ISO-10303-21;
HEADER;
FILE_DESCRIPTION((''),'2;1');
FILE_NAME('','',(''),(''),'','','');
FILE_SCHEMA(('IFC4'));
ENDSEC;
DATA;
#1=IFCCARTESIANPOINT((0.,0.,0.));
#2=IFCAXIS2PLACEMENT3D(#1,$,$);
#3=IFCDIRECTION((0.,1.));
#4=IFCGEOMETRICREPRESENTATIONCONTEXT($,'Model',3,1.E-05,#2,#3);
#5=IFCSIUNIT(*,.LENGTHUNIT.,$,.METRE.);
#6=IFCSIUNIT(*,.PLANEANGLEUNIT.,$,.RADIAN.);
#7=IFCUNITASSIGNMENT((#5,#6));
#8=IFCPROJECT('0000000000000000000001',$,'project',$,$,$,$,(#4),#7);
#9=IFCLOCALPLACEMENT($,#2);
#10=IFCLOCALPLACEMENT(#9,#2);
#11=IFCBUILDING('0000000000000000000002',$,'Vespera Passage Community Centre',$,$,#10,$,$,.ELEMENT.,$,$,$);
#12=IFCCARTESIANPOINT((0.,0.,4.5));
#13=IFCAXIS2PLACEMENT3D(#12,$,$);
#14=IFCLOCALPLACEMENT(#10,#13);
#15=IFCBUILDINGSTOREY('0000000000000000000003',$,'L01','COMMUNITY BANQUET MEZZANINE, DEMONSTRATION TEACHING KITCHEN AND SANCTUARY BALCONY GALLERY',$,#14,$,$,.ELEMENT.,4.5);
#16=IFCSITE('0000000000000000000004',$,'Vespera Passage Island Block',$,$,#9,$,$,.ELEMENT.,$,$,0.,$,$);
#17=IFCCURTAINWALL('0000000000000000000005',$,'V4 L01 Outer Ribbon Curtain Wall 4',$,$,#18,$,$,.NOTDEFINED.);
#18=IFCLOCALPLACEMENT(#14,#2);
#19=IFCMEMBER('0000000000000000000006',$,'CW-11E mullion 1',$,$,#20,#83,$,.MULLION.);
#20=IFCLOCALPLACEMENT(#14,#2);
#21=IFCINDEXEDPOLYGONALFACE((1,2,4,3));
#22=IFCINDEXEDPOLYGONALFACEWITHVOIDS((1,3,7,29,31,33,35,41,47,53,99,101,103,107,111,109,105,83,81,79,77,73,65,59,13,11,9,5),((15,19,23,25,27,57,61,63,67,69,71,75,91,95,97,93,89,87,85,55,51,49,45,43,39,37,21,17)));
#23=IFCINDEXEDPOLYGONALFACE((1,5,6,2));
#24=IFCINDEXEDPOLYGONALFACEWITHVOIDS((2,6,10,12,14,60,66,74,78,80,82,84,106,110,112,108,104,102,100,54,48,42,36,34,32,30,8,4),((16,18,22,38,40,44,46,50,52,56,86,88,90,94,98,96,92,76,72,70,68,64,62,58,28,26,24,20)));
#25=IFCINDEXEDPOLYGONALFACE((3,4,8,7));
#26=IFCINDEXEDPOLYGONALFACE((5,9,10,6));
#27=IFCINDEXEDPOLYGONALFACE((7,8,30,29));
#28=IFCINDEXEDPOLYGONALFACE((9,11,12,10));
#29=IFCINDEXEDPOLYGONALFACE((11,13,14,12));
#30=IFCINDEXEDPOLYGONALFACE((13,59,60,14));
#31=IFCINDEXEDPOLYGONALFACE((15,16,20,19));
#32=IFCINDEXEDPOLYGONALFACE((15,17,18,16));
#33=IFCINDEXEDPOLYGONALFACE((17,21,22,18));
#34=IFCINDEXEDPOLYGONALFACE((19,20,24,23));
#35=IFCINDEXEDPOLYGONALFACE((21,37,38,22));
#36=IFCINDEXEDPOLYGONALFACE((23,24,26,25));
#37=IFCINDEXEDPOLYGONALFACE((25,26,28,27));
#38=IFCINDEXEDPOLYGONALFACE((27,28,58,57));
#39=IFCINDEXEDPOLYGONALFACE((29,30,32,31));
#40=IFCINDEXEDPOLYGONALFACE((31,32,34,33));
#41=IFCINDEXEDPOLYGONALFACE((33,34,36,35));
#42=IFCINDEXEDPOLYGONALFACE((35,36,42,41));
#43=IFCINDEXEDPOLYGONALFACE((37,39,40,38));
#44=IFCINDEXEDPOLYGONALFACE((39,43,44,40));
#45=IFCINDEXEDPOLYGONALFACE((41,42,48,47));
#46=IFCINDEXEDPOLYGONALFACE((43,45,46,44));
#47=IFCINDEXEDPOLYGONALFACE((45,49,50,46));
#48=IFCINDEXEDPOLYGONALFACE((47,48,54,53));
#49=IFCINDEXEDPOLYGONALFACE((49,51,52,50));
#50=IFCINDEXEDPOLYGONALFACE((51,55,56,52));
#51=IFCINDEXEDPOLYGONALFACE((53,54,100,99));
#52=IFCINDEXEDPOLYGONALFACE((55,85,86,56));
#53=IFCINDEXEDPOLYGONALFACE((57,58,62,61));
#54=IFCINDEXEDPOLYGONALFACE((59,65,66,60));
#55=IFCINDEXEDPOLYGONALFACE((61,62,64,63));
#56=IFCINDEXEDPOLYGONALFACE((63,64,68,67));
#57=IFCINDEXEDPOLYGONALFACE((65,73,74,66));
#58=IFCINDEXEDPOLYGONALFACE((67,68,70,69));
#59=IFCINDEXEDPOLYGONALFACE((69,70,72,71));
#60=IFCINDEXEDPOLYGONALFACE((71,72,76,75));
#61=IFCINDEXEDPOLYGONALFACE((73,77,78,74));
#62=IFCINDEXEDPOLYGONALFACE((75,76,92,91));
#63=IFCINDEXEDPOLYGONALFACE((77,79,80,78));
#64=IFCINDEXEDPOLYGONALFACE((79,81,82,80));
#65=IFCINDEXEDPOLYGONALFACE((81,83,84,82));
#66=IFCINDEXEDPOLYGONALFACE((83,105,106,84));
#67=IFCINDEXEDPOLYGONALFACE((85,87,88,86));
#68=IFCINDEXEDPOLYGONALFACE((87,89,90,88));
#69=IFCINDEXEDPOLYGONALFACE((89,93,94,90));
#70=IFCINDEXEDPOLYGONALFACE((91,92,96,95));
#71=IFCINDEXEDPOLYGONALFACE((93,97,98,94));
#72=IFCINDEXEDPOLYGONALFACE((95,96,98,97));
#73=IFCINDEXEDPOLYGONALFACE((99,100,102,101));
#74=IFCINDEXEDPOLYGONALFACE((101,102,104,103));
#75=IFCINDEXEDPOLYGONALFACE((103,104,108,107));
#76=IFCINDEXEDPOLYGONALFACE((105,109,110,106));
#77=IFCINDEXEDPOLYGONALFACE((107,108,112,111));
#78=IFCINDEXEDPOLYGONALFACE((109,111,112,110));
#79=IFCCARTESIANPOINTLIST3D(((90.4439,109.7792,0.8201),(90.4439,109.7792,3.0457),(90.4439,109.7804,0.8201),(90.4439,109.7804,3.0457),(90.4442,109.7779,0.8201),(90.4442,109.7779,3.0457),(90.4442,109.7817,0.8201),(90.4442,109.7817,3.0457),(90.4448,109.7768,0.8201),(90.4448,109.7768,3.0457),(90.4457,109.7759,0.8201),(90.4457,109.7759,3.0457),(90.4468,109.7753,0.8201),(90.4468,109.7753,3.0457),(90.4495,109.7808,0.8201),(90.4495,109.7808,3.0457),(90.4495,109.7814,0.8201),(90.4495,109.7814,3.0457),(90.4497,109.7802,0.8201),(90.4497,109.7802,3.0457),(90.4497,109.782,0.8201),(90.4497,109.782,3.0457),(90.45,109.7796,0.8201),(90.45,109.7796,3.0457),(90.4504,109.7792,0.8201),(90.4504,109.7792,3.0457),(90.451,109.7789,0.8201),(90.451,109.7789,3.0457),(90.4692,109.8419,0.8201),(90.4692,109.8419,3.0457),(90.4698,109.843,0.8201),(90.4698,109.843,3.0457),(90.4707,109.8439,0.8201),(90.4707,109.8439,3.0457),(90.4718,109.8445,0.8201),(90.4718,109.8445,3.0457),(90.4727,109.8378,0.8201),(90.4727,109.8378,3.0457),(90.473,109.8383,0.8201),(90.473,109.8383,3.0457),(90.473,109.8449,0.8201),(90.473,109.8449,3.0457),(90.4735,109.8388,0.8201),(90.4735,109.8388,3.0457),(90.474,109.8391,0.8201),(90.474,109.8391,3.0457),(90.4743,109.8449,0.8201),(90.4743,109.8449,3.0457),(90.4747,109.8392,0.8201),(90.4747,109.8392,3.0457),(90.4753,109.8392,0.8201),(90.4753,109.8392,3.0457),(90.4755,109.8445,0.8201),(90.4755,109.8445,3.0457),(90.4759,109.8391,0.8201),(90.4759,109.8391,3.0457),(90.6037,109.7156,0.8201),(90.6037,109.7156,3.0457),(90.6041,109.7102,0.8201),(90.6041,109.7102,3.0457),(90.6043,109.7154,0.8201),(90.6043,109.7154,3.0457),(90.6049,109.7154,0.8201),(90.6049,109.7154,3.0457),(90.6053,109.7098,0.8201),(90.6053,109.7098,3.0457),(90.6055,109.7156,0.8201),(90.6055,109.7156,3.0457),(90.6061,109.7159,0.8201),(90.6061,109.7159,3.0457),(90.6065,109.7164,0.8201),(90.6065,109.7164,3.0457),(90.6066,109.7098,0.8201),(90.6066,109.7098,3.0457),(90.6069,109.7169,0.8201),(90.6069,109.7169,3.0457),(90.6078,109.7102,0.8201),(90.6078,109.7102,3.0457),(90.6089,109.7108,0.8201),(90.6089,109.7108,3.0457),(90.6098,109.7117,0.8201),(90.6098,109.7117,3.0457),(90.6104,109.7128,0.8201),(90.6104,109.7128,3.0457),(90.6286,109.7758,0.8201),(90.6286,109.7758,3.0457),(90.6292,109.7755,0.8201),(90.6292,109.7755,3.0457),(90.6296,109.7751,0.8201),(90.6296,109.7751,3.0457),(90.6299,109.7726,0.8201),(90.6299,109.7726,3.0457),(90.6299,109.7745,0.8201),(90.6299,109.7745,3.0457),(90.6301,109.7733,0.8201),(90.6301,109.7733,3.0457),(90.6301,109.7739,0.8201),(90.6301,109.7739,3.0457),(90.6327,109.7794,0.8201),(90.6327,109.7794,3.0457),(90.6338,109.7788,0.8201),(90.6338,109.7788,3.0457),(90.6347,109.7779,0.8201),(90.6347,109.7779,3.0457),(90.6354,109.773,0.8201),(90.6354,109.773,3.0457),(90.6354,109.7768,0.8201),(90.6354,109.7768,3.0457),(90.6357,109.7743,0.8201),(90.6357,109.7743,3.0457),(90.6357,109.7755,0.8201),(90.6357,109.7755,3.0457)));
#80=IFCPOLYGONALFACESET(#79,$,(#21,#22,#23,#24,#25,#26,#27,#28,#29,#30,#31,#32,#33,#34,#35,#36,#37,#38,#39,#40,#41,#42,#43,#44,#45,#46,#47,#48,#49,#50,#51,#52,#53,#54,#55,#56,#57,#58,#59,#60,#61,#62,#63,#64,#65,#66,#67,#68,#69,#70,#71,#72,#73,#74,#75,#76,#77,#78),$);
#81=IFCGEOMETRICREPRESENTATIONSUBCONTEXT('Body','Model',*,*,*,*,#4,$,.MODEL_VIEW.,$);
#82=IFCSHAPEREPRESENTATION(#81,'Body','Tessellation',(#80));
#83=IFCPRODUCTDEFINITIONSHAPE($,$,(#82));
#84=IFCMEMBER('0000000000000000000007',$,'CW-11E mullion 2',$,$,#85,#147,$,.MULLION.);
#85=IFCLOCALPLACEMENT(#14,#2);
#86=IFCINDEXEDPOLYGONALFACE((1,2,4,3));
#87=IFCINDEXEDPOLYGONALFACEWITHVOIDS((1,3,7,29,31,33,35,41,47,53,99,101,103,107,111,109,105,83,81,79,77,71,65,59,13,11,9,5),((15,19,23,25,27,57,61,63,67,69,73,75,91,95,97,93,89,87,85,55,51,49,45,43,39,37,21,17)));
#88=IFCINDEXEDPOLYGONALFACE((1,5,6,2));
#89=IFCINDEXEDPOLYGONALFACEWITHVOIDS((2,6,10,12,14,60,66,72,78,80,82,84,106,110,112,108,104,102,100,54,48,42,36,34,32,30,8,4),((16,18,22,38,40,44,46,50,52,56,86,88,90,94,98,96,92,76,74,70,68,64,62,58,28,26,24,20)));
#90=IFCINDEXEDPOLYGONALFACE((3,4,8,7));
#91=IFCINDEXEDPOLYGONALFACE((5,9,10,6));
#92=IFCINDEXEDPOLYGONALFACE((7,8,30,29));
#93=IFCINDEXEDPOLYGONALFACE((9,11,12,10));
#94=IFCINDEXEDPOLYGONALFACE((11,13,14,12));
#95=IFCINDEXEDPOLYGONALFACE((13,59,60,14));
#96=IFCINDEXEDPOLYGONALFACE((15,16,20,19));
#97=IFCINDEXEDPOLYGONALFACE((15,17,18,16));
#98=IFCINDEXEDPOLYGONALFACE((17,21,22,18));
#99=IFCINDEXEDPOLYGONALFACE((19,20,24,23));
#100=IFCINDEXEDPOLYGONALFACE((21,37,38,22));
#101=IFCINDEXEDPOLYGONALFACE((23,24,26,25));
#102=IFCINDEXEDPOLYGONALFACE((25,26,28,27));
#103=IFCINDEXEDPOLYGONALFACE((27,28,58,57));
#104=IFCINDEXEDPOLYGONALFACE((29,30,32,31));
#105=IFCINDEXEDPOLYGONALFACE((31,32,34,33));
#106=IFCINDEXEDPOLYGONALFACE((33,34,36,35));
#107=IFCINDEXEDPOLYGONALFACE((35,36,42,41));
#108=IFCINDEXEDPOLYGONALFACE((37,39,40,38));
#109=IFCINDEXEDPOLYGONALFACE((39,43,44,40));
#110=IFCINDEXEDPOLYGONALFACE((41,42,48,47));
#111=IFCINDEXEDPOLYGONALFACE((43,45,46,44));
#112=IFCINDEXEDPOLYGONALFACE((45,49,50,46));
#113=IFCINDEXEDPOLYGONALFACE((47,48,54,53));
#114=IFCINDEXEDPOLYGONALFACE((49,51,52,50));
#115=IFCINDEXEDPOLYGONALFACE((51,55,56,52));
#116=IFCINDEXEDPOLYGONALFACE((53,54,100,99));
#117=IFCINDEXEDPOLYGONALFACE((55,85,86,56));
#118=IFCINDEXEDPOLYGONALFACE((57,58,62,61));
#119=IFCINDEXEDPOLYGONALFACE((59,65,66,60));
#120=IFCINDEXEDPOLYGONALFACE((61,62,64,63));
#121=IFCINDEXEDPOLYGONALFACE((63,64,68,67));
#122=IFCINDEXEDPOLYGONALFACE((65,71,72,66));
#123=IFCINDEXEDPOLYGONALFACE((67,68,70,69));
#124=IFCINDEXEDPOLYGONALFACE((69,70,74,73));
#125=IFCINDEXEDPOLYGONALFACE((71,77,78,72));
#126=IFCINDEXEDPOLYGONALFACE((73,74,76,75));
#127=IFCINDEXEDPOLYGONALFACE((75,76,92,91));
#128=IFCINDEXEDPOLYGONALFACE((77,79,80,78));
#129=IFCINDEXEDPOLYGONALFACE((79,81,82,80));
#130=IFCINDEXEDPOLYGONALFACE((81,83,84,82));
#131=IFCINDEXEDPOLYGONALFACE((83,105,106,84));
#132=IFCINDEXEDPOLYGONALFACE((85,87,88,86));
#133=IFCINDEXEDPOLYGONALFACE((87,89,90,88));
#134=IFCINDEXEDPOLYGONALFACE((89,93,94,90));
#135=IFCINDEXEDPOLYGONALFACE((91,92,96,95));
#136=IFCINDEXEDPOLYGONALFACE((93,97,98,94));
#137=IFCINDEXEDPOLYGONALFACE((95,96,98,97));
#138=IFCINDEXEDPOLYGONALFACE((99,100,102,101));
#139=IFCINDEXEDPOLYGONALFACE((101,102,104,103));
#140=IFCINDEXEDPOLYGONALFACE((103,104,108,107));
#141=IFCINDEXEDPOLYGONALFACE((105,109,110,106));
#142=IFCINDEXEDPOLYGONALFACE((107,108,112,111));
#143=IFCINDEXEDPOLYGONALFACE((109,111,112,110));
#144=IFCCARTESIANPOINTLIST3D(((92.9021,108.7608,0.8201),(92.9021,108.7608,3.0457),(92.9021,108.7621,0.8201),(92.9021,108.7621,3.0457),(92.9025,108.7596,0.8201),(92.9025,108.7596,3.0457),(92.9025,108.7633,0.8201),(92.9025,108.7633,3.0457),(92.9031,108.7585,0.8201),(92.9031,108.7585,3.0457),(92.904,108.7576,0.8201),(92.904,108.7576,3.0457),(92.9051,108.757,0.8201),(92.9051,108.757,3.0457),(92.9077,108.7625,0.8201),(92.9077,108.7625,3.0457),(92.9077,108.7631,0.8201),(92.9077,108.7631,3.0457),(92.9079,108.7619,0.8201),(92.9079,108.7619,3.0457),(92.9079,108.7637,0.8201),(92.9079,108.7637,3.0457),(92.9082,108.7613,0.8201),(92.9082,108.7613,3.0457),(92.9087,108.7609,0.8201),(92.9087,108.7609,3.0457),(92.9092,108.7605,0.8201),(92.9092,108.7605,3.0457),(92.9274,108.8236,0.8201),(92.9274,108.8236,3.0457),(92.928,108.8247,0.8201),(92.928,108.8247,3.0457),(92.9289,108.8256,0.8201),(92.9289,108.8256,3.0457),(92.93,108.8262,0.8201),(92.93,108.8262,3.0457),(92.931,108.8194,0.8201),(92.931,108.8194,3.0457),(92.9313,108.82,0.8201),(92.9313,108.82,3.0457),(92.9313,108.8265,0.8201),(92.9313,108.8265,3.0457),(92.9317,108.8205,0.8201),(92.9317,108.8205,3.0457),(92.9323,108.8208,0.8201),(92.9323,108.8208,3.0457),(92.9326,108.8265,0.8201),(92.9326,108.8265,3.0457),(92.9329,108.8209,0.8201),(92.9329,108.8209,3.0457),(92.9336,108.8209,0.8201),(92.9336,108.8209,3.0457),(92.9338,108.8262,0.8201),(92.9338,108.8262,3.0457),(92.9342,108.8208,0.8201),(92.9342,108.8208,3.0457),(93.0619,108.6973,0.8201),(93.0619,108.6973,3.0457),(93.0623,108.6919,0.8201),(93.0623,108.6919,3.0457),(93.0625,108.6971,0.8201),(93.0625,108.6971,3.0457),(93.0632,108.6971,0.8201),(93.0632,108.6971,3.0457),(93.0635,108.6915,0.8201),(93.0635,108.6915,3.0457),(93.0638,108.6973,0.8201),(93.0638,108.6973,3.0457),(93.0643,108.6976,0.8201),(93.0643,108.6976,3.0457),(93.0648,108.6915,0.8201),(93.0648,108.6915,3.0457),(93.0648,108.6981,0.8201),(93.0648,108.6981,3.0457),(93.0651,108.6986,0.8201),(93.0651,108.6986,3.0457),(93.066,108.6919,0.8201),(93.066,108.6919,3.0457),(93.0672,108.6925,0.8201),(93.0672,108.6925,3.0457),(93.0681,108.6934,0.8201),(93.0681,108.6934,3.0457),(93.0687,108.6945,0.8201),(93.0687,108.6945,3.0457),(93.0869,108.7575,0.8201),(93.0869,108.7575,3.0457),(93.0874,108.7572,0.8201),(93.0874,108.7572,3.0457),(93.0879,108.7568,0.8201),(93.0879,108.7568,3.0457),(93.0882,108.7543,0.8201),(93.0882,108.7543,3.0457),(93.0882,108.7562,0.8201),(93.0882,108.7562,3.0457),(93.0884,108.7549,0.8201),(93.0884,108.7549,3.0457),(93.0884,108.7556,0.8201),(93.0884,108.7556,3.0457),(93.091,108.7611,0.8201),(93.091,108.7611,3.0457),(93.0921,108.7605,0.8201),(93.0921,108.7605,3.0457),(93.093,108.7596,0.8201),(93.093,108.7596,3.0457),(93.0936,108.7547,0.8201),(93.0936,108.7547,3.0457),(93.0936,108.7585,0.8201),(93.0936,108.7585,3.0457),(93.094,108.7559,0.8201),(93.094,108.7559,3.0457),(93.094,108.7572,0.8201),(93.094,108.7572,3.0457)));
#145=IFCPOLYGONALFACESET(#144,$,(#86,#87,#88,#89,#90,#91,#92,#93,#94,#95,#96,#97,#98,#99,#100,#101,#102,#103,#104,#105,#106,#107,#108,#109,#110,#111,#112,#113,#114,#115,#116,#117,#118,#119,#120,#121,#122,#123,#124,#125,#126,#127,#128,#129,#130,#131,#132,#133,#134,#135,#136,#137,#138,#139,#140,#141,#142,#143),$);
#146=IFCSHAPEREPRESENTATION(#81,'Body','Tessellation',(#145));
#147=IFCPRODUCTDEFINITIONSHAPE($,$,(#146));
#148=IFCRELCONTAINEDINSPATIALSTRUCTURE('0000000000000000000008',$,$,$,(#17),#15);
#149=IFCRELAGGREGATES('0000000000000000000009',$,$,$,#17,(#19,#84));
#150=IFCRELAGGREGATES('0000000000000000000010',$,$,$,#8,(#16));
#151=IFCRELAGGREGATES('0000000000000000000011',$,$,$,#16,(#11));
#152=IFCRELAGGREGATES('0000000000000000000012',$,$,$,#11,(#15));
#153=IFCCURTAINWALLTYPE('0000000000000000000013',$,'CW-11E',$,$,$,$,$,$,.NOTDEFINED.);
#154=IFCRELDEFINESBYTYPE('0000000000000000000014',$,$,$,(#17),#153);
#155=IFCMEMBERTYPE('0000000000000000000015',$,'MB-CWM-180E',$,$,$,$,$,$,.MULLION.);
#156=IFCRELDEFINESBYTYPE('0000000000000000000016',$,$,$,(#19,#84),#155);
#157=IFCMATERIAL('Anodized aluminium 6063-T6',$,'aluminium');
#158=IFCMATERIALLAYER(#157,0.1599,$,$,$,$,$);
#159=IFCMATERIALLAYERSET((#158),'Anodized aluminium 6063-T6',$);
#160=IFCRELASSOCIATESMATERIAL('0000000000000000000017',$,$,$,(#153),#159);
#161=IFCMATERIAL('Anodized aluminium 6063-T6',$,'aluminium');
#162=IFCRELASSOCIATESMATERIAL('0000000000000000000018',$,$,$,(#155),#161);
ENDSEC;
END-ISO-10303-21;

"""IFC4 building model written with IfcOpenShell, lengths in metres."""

from ifc_helpers import new_model, si_unit, direction, frame, origin, origin_2d, place, context, subcontext, project, spatial, hollow_rectangle, extrude, material, layer, layer_set, material_profile, profile_set, type_object, element, aggregate, save


model = new_model("IFC4")

# Units and contexts
model_context = context("Model", 3, precision=1e-05, world=origin(), true_north=direction((0.0, 1.0)))
body_context = subcontext(model_context, "Body", "Model", "MODEL_VIEW")
ifc_project = project(units=[si_unit("LENGTHUNIT", "METRE"), si_unit("PLANEANGLEUNIT", "RADIAN")], contexts=[model_context])

# Site, building, storey
site_placement = place(None, origin())
site = spatial("IfcSite", under=ifc_project, at=site_placement, Name="Vespera Passage Island Block", CompositionType="ELEMENT", RefElevation=0.0)
building_placement = place(site_placement, origin())
building = spatial("IfcBuilding", under=site, at=building_placement, Name="Vespera Passage Community Centre", CompositionType="ELEMENT")
storey_placement = place(building_placement, frame((0.0, 0.0, 4.5)))
storey = spatial("IfcBuildingStorey", under=building, at=storey_placement, Name="L01", Description="COMMUNITY BANQUET MEZZANINE, DEMONSTRATION TEACHING KITCHEN AND SANCTUARY BALCONY GALLERY", CompositionType="ELEMENT", Elevation=4.5)

# Curtain wall, members
ifc_material_1 = material(Name="Anodized aluminium 6063-T6", Category="aluminium")
ifc_layer_1 = layer(ifc_material_1, 0.1599)
ifc_layer_set_1 = layer_set([ifc_layer_1], Name="Anodized aluminium 6063-T6")
curtain_wall_type_1 = type_object("IfcCurtainWallType", Name="CW-11E", PredefinedType="NOTDEFINED", material=ifc_layer_set_1)
curtain_wall_1_placement = place(storey_placement, origin())
curtain_wall_1 = element("IfcCurtainWall", 1, at=curtain_wall_1_placement, inside=storey, type_object=curtain_wall_type_1, Name="V4 L01 Outer Ribbon Curtain Wall 4", PredefinedType="NOTDEFINED")
ifc_material_2 = material(Name="Anodized aluminium 6063-T6", Category="aluminium")
ifc_material_profile_1 = material_profile(ifc_material_2, hollow_rectangle(XDim=0.075, YDim=0.1799, WallThickness=0.0049, InnerFilletRadius=0.0024, OuterFilletRadius=0.0049, at=origin_2d()), Name="ALU180X75X5")
ifc_profile_set_1 = profile_set([ifc_material_profile_1], Name="Anodized aluminium 6063-T6")
member_type_1 = type_object("IfcMemberType", Name="MB-CWM-180E", PredefinedType="MULLION", material=ifc_profile_set_1)
member_1_placement = place(storey_placement, frame((90.5398, 109.7773, 0.8201), z_axis=(0.0, 0.0, 1.0), x_axis=(0.382683, 0.92388, 0.0)))
member_1 = element("IfcMember", 2, at=member_1_placement, type_object=member_type_1, Name="CW-11E mullion 1", PredefinedType="MULLION", context=body_context, shape_type="SweptSolid", body=[
    extrude(hollow_rectangle(XDim=0.075, YDim=0.1799, WallThickness=0.0049, InnerFilletRadius=0.0024, OuterFilletRadius=0.0049, at=origin_2d()), origin(), (0.0, 0.0, 1.0), 2.2256),
])
member_2_placement = place(storey_placement, frame((92.998, 108.759, 0.8201), z_axis=(0.0, 0.0, 1.0), x_axis=(0.382683, 0.92388, 0.0)))
member_2 = element("IfcMember", 3, at=member_2_placement, type_object=member_type_1, Name="CW-11E mullion 2", PredefinedType="MULLION", context=body_context, shape_type="SweptSolid", body=[
    extrude(hollow_rectangle(XDim=0.075, YDim=0.1799, WallThickness=0.0049, InnerFilletRadius=0.0024, OuterFilletRadius=0.0049, at=origin_2d()), origin(), (0.0, 0.0, 1.0), 2.2256),
])

aggregate(curtain_wall_1, [member_1, member_2])

save(model, "model.ifc")
